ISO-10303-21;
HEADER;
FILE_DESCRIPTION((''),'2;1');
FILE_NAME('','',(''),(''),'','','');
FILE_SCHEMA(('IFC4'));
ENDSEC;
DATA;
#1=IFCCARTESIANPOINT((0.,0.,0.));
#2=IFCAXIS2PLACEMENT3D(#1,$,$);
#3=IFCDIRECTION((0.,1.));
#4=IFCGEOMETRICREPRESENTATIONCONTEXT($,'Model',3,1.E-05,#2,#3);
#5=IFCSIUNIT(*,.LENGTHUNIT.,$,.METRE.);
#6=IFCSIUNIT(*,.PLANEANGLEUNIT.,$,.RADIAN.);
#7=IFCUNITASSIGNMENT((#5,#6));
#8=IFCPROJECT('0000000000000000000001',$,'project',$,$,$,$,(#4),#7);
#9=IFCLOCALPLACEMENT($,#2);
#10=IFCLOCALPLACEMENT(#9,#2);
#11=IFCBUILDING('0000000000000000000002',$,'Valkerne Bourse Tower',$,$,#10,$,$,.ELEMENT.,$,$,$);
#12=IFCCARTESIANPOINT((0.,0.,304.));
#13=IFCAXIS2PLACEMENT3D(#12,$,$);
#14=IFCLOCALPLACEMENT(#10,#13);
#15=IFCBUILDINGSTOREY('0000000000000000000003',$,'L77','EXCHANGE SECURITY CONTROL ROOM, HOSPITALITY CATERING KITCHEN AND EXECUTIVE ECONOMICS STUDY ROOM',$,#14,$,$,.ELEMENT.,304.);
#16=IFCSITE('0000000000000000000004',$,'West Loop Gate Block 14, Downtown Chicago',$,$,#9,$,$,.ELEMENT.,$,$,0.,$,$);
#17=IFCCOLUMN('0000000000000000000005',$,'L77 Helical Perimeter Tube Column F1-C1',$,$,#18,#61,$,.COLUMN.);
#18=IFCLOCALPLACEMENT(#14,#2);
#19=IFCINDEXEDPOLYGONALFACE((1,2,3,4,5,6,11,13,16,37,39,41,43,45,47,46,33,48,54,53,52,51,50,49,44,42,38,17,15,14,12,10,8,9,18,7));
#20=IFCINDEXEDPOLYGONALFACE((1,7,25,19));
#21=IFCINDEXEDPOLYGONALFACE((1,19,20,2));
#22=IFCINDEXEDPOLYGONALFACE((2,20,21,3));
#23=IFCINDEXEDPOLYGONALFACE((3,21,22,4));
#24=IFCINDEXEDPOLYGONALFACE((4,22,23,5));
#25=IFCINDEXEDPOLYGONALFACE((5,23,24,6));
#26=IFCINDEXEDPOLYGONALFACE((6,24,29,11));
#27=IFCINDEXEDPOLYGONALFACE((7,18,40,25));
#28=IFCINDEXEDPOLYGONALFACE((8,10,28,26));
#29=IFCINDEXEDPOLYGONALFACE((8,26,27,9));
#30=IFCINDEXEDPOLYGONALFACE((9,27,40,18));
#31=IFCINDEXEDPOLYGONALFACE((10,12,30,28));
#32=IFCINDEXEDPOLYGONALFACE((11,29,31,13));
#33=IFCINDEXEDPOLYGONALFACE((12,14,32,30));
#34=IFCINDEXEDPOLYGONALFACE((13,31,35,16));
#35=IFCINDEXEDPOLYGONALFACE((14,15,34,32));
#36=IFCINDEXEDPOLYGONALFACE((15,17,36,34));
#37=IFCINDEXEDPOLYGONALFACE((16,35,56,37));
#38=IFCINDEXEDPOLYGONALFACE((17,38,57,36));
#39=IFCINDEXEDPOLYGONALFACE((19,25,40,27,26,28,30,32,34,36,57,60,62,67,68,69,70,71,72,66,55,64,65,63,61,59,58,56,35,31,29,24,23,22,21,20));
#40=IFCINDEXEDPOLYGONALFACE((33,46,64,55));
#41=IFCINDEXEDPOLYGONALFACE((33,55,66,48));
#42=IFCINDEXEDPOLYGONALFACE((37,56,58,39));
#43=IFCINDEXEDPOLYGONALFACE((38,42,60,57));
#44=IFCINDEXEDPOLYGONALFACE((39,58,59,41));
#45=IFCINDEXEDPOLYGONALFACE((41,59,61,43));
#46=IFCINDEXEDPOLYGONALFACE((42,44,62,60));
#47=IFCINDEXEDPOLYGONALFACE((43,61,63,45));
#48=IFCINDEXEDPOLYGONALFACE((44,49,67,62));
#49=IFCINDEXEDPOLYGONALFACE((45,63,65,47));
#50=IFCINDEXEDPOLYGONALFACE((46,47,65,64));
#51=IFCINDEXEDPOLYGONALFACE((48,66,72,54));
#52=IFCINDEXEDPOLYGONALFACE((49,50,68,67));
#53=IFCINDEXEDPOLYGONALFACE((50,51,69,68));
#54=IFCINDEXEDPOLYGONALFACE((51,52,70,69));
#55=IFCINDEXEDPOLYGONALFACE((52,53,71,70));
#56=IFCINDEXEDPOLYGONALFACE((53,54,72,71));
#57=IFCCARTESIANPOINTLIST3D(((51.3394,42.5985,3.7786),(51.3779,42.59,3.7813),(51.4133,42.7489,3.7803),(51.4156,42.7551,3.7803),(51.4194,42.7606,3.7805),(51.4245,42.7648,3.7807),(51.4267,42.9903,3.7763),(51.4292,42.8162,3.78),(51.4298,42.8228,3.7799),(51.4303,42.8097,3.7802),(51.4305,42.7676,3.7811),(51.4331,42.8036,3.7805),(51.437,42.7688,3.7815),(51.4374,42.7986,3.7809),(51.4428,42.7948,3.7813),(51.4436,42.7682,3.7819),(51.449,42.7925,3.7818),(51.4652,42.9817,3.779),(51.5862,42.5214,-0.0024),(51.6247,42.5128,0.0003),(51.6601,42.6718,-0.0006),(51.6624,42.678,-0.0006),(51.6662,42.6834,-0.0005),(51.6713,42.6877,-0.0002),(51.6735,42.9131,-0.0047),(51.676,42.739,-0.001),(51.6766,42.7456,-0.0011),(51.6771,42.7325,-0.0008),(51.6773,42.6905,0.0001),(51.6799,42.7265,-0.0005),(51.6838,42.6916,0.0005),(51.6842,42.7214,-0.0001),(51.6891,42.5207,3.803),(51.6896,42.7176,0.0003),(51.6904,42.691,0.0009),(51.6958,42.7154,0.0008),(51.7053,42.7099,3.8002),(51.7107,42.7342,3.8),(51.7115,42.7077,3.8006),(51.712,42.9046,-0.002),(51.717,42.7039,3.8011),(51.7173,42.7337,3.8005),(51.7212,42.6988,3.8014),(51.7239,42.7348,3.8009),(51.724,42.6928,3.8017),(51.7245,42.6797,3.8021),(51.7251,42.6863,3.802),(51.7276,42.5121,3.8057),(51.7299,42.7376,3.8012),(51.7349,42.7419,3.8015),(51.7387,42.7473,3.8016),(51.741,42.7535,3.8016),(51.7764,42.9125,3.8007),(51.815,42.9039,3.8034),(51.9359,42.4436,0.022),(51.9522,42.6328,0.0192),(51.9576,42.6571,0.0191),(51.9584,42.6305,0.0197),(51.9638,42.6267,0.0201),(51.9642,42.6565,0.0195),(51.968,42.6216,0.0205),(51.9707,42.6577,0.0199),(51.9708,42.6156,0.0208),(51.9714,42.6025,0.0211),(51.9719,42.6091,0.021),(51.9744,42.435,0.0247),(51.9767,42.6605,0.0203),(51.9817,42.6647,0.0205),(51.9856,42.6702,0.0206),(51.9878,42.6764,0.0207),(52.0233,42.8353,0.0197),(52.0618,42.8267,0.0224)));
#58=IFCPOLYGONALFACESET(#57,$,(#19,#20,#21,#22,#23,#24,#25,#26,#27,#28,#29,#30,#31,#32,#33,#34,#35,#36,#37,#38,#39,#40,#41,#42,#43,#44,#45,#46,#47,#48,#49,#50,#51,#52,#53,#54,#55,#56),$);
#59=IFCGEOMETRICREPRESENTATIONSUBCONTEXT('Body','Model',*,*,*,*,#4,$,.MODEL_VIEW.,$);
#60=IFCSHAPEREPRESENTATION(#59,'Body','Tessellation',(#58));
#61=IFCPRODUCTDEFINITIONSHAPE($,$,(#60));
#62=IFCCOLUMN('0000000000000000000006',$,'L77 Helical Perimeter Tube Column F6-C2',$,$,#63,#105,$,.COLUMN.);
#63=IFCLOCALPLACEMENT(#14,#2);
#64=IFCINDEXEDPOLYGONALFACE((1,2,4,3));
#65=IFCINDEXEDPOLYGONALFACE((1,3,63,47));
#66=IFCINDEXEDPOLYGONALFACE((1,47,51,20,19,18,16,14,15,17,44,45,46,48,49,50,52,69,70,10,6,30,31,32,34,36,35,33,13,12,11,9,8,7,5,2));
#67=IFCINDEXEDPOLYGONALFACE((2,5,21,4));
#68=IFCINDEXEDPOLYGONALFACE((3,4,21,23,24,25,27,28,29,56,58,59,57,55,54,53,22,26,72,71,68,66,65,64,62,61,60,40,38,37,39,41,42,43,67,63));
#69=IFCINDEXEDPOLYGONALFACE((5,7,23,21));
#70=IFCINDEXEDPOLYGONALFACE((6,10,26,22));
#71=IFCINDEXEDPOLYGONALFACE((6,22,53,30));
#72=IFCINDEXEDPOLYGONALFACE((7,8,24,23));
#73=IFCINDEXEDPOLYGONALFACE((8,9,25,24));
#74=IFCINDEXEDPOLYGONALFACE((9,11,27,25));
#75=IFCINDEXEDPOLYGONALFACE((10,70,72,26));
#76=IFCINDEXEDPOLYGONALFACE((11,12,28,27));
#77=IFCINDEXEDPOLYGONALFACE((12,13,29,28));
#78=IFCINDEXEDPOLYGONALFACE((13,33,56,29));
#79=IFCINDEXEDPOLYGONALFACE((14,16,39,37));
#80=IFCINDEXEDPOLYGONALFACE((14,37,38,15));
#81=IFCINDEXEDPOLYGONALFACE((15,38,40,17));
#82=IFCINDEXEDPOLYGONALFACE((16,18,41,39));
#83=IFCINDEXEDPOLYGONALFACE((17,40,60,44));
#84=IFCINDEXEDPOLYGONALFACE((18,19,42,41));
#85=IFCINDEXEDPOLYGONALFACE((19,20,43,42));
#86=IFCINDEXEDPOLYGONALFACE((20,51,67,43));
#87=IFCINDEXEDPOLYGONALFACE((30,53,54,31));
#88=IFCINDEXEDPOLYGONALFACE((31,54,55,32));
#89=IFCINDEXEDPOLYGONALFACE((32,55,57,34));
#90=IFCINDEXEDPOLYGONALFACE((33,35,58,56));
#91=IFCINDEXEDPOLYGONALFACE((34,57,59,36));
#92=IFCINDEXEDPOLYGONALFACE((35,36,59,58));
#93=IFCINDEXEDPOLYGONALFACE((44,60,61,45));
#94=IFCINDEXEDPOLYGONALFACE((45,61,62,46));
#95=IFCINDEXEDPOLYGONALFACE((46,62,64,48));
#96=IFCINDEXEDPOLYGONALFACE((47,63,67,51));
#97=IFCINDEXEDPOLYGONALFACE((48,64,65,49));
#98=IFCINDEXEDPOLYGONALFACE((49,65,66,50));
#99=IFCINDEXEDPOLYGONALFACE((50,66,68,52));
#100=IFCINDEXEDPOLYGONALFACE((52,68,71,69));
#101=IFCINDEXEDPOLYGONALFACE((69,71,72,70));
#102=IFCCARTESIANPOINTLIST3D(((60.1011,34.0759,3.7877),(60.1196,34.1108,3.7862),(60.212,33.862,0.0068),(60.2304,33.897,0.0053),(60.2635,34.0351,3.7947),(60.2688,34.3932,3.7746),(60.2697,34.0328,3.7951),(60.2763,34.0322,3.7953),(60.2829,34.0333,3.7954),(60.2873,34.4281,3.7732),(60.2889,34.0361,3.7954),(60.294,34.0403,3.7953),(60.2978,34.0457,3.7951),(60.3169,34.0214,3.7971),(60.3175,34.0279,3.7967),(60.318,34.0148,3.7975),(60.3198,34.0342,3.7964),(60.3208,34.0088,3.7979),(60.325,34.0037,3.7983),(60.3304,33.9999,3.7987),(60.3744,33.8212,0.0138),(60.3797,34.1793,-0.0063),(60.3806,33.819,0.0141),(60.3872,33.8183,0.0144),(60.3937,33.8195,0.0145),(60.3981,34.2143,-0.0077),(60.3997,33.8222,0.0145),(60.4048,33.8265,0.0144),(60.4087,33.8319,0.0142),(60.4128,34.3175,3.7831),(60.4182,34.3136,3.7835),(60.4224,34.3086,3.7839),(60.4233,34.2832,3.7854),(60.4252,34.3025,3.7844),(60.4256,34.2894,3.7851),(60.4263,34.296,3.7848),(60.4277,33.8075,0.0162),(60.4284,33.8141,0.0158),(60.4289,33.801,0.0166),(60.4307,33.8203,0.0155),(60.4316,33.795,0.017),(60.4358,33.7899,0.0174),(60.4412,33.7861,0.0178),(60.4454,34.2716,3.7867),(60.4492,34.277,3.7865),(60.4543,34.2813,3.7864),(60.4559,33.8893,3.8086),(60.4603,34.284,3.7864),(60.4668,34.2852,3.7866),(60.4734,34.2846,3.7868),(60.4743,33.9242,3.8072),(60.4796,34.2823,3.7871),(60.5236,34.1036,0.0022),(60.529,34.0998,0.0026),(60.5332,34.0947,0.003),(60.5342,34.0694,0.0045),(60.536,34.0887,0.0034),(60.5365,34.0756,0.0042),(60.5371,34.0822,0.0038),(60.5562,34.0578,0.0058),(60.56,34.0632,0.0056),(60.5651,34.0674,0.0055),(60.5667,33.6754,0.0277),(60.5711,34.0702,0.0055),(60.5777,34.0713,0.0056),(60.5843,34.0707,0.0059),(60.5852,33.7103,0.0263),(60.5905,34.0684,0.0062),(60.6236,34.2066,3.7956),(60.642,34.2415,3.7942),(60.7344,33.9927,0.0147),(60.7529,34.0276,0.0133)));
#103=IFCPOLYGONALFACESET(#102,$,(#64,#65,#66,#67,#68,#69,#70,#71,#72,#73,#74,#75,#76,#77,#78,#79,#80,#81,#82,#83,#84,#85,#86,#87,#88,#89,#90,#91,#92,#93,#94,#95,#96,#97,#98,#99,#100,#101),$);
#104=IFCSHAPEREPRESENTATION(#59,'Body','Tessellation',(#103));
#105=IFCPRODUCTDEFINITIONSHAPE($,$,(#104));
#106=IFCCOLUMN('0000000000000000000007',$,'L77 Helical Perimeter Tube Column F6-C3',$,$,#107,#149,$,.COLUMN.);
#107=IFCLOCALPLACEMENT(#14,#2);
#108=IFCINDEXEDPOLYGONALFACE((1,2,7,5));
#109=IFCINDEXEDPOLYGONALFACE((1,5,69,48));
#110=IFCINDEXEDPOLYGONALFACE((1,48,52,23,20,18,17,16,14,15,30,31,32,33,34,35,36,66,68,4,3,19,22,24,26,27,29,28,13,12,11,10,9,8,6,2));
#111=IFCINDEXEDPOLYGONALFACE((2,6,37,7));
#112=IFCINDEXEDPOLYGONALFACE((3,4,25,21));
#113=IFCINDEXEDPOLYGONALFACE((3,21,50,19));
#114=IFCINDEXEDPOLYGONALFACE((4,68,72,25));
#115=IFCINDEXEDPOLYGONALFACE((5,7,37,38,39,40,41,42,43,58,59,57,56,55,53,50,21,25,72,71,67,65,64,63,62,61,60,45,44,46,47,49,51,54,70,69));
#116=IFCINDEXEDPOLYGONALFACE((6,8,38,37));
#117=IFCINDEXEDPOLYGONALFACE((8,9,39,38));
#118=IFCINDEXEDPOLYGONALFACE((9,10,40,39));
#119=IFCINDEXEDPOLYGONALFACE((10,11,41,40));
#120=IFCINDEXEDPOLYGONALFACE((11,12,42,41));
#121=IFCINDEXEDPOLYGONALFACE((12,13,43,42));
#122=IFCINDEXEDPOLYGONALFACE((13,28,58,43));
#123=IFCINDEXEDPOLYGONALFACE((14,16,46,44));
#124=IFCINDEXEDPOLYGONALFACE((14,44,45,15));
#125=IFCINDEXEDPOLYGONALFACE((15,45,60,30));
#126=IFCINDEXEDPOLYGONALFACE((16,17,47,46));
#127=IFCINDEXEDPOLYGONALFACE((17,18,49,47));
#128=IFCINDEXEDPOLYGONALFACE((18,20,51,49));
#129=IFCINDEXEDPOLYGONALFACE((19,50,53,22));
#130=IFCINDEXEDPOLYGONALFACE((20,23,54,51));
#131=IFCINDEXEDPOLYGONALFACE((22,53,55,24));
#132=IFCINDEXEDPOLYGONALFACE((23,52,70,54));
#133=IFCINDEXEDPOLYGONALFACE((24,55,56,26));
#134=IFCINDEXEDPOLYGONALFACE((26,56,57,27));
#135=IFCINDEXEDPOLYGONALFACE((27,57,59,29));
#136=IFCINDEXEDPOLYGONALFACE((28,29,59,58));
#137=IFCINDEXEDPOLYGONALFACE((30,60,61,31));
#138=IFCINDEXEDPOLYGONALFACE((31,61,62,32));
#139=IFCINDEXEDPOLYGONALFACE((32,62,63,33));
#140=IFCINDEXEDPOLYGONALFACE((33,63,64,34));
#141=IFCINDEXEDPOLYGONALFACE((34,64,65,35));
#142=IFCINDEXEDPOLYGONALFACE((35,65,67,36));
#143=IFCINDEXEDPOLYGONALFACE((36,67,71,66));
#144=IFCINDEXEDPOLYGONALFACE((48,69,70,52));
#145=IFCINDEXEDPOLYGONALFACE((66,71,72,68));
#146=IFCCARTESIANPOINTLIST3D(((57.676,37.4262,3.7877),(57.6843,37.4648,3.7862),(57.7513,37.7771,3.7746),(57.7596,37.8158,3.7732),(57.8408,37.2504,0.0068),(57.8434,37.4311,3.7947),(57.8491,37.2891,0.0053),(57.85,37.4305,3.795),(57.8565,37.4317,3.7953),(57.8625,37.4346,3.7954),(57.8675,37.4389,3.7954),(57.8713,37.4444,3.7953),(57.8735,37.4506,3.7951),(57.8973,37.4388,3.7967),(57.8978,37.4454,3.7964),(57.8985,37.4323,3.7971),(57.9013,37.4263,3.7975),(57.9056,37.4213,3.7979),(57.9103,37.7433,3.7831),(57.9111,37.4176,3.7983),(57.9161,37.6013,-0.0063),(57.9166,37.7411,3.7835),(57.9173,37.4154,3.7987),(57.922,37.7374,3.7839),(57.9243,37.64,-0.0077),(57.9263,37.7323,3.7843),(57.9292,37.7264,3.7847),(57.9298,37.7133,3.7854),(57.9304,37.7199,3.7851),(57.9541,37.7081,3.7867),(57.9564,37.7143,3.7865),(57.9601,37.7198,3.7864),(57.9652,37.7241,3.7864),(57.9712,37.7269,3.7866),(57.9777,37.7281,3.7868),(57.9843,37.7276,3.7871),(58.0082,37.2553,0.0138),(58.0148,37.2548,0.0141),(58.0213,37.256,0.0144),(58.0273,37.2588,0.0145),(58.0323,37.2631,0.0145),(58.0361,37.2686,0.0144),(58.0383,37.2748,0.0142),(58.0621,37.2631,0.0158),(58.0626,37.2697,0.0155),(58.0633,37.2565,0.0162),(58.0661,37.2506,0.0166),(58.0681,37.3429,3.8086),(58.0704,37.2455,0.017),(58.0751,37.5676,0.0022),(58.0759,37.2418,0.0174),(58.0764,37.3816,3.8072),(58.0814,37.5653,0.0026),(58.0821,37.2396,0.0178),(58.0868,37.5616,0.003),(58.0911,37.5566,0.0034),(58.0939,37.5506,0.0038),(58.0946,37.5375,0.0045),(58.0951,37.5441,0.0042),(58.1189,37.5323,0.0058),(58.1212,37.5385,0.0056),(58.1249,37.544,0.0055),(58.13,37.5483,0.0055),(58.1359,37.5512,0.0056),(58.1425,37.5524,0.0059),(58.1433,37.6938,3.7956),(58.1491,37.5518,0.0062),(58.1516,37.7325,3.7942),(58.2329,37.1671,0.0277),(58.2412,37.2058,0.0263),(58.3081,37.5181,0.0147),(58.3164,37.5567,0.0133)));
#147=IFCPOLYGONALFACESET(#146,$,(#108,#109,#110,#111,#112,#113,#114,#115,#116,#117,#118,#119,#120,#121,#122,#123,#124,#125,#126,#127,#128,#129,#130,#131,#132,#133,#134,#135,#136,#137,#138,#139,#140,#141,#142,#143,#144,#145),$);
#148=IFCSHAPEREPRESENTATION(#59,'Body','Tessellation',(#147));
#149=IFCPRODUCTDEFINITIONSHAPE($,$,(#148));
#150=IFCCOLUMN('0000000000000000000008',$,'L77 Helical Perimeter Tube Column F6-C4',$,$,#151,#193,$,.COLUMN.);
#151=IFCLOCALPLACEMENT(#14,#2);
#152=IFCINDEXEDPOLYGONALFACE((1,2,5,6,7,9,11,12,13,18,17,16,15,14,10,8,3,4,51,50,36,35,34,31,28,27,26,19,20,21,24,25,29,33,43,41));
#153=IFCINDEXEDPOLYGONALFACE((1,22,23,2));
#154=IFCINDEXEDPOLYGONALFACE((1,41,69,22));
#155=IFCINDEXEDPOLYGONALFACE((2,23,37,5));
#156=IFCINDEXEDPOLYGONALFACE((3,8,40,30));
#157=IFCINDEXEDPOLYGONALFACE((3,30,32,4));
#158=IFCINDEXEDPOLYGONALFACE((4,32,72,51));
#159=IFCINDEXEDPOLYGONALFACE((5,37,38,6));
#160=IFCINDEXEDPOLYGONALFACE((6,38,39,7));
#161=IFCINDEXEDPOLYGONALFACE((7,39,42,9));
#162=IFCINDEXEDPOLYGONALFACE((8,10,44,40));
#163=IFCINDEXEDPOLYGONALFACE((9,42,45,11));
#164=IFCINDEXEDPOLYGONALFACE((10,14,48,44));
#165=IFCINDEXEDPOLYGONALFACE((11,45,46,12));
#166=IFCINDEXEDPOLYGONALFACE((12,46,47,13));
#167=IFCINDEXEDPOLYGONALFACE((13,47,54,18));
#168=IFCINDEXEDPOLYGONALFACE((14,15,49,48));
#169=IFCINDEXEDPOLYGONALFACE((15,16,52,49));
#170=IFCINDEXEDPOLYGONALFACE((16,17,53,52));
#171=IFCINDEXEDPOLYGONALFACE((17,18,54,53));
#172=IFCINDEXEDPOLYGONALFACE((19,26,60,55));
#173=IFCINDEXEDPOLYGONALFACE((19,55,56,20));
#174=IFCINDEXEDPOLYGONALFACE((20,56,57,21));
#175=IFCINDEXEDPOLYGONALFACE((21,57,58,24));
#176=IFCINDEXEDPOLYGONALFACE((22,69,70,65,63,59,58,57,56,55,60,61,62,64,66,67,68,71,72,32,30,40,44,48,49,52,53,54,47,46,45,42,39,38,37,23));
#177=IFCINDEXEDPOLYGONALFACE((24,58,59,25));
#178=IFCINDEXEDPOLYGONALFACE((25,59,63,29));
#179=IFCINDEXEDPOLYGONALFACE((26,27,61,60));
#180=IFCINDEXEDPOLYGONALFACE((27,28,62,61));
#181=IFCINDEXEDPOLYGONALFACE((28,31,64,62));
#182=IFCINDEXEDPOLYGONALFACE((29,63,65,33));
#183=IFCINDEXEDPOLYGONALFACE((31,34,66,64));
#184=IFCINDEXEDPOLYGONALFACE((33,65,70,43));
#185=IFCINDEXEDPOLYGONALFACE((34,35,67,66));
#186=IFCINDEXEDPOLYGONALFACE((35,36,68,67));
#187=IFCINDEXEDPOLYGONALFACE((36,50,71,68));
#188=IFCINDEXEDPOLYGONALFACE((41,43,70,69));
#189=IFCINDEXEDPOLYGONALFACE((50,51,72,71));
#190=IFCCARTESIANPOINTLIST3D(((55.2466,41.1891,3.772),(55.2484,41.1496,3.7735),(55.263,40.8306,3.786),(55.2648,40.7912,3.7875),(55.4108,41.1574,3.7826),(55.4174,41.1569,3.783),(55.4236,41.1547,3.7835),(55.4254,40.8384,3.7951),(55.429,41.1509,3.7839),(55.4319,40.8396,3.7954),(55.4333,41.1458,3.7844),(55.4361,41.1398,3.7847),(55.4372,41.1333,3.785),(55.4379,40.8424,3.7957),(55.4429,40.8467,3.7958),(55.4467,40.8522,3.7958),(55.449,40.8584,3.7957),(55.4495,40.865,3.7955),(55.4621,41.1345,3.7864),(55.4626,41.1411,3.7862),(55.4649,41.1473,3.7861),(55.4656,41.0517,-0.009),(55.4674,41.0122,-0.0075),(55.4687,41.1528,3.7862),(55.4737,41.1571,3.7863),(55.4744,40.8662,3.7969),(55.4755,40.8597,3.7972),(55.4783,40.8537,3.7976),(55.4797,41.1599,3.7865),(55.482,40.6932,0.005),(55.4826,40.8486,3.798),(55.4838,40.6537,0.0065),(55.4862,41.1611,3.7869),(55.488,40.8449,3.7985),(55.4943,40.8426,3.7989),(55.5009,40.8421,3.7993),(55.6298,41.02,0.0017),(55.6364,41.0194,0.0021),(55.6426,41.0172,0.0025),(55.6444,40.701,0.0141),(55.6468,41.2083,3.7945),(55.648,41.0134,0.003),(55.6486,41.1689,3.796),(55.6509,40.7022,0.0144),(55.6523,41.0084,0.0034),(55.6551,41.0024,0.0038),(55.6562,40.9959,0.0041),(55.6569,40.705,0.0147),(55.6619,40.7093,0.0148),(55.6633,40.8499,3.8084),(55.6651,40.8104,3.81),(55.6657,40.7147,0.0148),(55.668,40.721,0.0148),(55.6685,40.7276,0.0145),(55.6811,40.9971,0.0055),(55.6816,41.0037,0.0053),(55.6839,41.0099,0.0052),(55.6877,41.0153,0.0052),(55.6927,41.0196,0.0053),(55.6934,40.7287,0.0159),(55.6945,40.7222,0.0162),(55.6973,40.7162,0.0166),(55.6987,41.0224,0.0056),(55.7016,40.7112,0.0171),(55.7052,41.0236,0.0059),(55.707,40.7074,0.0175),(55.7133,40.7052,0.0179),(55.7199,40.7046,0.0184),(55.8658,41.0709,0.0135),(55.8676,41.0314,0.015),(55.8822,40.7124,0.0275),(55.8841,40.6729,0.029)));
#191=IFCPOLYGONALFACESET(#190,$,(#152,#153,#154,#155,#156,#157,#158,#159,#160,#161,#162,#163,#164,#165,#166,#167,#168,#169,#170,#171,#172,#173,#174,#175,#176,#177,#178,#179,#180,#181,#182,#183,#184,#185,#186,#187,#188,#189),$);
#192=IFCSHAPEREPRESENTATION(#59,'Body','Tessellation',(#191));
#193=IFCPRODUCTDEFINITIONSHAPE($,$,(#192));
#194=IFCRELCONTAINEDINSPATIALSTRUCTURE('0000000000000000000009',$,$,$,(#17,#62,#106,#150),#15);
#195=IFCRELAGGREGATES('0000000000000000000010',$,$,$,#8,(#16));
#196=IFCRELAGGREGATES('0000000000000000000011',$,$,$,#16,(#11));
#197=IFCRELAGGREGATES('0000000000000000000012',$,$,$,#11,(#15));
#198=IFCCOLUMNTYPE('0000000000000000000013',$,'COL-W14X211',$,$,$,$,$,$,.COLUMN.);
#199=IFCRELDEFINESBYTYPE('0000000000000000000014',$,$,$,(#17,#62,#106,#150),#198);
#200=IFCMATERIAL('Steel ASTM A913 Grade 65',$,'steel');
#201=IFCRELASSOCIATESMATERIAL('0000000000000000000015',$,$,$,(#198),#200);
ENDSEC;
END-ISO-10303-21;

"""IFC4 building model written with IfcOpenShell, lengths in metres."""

from ifc_helpers import new_model, si_unit, direction, frame, origin, origin_2d, place, context, subcontext, project, spatial, i_section, extrude, material, material_profile, profile_set, type_object, element, save


model = new_model("IFC4")

# Units and contexts
model_context = context("Model", 3, precision=1e-05, world=origin(), true_north=direction((0.0, 1.0)))
body_context = subcontext(model_context, "Body", "Model", "MODEL_VIEW")
ifc_project = project(units=[si_unit("LENGTHUNIT", "METRE"), si_unit("PLANEANGLEUNIT", "RADIAN")], contexts=[model_context])

# Site, building, storey
site_placement = place(None, origin())
site = spatial("IfcSite", under=ifc_project, at=site_placement, Name="West Loop Gate Block 14, Downtown Chicago", CompositionType="ELEMENT", RefElevation=0.0)
building_placement = place(site_placement, origin())
building = spatial("IfcBuilding", under=site, at=building_placement, Name="Valkerne Bourse Tower", CompositionType="ELEMENT")
storey_placement = place(building_placement, frame((0.0, 0.0, 304.0)))
storey = spatial("IfcBuildingStorey", under=building, at=storey_placement, Name="L77", Description="EXCHANGE SECURITY CONTROL ROOM, HOSPITALITY CATERING KITCHEN AND EXECUTIVE ECONOMICS STUDY ROOM", CompositionType="ELEMENT", Elevation=304.0)

# Columns
ifc_material_1 = material(Name="Steel ASTM A913 Grade 65", Category="steel")
ifc_material_profile_1 = material_profile(ifc_material_1, i_section(OverallWidth=0.4014, OverallDepth=0.3987, WebThickness=0.0249, FlangeThickness=0.0396, FilletRadius=0.0254, at=origin_2d()), Name="W14X211")
ifc_profile_set_1 = profile_set([ifc_material_profile_1], Name="Steel ASTM A913 Grade 65")
column_type = type_object("IfcColumnType", Name="COL-W14X211", PredefinedType="COLUMN", material=ifc_profile_set_1)
column_1_placement = place(storey_placement, frame((51.824, 42.6741, 0.01), z_axis=(-0.065128, 0.020357, 0.997669), x_axis=(0.217601, 0.976021, -0.00571)))
element("IfcColumn", 1, at=column_1_placement, inside=storey, type_object=column_type, Name="L77 Helical Perimeter Tube Column F1-C1", PredefinedType="COLUMN", context=body_context, shape_type="SweptSolid", body=[
    extrude(i_section(OverallWidth=0.4014, OverallDepth=0.3987, WebThickness=0.0249, FlangeThickness=0.0396, FilletRadius=0.0254, at=origin_2d()), origin(), (0.0, 0.0, 1.0), 3.7898),
])
for number, where, z_axis, x_axis, name in (
    (2, (60.4824, 33.9448, 0.01), (-0.029256, 0.056449, 0.997977), (0.883785, -0.464971, 0.052209), "L77 Helical Perimeter Tube Column F6-C2"),
    (3, (58.0786, 37.4036, 0.01), (-0.043497, 0.046396, 0.997976), (0.976838, -0.207512, 0.052223), "L77 Helical Perimeter Tube Column F6-C3"),
):
    element("IfcColumn", number, at=place(storey_placement, frame(where, z_axis=z_axis, x_axis=x_axis)), inside=storey, type_object=column_type, Name=name, PredefinedType="COLUMN", context=body_context, shape_type="SweptSolid", body=[
        extrude(i_section(OverallWidth=0.4014, OverallDepth=0.3987, WebThickness=0.0249, FlangeThickness=0.0396, FilletRadius=0.0254, at=origin_2d()), origin(), (0.0, 0.0, 1.0), 3.7886),
    ])
column_2_placement = place(storey_placement, frame((55.6748, 40.8623, 0.01), z_axis=(-0.057785, 0.036268, 0.99767), x_axis=(0.997281, 0.047873, 0.056022)))
element("IfcColumn", 4, at=column_2_placement, inside=storey, type_object=column_type, Name="L77 Helical Perimeter Tube Column F6-C4", PredefinedType="COLUMN", context=body_context, shape_type="SweptSolid", body=[
    extrude(i_section(OverallWidth=0.4014, OverallDepth=0.3987, WebThickness=0.0249, FlangeThickness=0.0396, FilletRadius=0.0254, at=origin_2d()), origin(), (0.0, 0.0, 1.0), 3.7898),
])

save(model, "model.ifc")
